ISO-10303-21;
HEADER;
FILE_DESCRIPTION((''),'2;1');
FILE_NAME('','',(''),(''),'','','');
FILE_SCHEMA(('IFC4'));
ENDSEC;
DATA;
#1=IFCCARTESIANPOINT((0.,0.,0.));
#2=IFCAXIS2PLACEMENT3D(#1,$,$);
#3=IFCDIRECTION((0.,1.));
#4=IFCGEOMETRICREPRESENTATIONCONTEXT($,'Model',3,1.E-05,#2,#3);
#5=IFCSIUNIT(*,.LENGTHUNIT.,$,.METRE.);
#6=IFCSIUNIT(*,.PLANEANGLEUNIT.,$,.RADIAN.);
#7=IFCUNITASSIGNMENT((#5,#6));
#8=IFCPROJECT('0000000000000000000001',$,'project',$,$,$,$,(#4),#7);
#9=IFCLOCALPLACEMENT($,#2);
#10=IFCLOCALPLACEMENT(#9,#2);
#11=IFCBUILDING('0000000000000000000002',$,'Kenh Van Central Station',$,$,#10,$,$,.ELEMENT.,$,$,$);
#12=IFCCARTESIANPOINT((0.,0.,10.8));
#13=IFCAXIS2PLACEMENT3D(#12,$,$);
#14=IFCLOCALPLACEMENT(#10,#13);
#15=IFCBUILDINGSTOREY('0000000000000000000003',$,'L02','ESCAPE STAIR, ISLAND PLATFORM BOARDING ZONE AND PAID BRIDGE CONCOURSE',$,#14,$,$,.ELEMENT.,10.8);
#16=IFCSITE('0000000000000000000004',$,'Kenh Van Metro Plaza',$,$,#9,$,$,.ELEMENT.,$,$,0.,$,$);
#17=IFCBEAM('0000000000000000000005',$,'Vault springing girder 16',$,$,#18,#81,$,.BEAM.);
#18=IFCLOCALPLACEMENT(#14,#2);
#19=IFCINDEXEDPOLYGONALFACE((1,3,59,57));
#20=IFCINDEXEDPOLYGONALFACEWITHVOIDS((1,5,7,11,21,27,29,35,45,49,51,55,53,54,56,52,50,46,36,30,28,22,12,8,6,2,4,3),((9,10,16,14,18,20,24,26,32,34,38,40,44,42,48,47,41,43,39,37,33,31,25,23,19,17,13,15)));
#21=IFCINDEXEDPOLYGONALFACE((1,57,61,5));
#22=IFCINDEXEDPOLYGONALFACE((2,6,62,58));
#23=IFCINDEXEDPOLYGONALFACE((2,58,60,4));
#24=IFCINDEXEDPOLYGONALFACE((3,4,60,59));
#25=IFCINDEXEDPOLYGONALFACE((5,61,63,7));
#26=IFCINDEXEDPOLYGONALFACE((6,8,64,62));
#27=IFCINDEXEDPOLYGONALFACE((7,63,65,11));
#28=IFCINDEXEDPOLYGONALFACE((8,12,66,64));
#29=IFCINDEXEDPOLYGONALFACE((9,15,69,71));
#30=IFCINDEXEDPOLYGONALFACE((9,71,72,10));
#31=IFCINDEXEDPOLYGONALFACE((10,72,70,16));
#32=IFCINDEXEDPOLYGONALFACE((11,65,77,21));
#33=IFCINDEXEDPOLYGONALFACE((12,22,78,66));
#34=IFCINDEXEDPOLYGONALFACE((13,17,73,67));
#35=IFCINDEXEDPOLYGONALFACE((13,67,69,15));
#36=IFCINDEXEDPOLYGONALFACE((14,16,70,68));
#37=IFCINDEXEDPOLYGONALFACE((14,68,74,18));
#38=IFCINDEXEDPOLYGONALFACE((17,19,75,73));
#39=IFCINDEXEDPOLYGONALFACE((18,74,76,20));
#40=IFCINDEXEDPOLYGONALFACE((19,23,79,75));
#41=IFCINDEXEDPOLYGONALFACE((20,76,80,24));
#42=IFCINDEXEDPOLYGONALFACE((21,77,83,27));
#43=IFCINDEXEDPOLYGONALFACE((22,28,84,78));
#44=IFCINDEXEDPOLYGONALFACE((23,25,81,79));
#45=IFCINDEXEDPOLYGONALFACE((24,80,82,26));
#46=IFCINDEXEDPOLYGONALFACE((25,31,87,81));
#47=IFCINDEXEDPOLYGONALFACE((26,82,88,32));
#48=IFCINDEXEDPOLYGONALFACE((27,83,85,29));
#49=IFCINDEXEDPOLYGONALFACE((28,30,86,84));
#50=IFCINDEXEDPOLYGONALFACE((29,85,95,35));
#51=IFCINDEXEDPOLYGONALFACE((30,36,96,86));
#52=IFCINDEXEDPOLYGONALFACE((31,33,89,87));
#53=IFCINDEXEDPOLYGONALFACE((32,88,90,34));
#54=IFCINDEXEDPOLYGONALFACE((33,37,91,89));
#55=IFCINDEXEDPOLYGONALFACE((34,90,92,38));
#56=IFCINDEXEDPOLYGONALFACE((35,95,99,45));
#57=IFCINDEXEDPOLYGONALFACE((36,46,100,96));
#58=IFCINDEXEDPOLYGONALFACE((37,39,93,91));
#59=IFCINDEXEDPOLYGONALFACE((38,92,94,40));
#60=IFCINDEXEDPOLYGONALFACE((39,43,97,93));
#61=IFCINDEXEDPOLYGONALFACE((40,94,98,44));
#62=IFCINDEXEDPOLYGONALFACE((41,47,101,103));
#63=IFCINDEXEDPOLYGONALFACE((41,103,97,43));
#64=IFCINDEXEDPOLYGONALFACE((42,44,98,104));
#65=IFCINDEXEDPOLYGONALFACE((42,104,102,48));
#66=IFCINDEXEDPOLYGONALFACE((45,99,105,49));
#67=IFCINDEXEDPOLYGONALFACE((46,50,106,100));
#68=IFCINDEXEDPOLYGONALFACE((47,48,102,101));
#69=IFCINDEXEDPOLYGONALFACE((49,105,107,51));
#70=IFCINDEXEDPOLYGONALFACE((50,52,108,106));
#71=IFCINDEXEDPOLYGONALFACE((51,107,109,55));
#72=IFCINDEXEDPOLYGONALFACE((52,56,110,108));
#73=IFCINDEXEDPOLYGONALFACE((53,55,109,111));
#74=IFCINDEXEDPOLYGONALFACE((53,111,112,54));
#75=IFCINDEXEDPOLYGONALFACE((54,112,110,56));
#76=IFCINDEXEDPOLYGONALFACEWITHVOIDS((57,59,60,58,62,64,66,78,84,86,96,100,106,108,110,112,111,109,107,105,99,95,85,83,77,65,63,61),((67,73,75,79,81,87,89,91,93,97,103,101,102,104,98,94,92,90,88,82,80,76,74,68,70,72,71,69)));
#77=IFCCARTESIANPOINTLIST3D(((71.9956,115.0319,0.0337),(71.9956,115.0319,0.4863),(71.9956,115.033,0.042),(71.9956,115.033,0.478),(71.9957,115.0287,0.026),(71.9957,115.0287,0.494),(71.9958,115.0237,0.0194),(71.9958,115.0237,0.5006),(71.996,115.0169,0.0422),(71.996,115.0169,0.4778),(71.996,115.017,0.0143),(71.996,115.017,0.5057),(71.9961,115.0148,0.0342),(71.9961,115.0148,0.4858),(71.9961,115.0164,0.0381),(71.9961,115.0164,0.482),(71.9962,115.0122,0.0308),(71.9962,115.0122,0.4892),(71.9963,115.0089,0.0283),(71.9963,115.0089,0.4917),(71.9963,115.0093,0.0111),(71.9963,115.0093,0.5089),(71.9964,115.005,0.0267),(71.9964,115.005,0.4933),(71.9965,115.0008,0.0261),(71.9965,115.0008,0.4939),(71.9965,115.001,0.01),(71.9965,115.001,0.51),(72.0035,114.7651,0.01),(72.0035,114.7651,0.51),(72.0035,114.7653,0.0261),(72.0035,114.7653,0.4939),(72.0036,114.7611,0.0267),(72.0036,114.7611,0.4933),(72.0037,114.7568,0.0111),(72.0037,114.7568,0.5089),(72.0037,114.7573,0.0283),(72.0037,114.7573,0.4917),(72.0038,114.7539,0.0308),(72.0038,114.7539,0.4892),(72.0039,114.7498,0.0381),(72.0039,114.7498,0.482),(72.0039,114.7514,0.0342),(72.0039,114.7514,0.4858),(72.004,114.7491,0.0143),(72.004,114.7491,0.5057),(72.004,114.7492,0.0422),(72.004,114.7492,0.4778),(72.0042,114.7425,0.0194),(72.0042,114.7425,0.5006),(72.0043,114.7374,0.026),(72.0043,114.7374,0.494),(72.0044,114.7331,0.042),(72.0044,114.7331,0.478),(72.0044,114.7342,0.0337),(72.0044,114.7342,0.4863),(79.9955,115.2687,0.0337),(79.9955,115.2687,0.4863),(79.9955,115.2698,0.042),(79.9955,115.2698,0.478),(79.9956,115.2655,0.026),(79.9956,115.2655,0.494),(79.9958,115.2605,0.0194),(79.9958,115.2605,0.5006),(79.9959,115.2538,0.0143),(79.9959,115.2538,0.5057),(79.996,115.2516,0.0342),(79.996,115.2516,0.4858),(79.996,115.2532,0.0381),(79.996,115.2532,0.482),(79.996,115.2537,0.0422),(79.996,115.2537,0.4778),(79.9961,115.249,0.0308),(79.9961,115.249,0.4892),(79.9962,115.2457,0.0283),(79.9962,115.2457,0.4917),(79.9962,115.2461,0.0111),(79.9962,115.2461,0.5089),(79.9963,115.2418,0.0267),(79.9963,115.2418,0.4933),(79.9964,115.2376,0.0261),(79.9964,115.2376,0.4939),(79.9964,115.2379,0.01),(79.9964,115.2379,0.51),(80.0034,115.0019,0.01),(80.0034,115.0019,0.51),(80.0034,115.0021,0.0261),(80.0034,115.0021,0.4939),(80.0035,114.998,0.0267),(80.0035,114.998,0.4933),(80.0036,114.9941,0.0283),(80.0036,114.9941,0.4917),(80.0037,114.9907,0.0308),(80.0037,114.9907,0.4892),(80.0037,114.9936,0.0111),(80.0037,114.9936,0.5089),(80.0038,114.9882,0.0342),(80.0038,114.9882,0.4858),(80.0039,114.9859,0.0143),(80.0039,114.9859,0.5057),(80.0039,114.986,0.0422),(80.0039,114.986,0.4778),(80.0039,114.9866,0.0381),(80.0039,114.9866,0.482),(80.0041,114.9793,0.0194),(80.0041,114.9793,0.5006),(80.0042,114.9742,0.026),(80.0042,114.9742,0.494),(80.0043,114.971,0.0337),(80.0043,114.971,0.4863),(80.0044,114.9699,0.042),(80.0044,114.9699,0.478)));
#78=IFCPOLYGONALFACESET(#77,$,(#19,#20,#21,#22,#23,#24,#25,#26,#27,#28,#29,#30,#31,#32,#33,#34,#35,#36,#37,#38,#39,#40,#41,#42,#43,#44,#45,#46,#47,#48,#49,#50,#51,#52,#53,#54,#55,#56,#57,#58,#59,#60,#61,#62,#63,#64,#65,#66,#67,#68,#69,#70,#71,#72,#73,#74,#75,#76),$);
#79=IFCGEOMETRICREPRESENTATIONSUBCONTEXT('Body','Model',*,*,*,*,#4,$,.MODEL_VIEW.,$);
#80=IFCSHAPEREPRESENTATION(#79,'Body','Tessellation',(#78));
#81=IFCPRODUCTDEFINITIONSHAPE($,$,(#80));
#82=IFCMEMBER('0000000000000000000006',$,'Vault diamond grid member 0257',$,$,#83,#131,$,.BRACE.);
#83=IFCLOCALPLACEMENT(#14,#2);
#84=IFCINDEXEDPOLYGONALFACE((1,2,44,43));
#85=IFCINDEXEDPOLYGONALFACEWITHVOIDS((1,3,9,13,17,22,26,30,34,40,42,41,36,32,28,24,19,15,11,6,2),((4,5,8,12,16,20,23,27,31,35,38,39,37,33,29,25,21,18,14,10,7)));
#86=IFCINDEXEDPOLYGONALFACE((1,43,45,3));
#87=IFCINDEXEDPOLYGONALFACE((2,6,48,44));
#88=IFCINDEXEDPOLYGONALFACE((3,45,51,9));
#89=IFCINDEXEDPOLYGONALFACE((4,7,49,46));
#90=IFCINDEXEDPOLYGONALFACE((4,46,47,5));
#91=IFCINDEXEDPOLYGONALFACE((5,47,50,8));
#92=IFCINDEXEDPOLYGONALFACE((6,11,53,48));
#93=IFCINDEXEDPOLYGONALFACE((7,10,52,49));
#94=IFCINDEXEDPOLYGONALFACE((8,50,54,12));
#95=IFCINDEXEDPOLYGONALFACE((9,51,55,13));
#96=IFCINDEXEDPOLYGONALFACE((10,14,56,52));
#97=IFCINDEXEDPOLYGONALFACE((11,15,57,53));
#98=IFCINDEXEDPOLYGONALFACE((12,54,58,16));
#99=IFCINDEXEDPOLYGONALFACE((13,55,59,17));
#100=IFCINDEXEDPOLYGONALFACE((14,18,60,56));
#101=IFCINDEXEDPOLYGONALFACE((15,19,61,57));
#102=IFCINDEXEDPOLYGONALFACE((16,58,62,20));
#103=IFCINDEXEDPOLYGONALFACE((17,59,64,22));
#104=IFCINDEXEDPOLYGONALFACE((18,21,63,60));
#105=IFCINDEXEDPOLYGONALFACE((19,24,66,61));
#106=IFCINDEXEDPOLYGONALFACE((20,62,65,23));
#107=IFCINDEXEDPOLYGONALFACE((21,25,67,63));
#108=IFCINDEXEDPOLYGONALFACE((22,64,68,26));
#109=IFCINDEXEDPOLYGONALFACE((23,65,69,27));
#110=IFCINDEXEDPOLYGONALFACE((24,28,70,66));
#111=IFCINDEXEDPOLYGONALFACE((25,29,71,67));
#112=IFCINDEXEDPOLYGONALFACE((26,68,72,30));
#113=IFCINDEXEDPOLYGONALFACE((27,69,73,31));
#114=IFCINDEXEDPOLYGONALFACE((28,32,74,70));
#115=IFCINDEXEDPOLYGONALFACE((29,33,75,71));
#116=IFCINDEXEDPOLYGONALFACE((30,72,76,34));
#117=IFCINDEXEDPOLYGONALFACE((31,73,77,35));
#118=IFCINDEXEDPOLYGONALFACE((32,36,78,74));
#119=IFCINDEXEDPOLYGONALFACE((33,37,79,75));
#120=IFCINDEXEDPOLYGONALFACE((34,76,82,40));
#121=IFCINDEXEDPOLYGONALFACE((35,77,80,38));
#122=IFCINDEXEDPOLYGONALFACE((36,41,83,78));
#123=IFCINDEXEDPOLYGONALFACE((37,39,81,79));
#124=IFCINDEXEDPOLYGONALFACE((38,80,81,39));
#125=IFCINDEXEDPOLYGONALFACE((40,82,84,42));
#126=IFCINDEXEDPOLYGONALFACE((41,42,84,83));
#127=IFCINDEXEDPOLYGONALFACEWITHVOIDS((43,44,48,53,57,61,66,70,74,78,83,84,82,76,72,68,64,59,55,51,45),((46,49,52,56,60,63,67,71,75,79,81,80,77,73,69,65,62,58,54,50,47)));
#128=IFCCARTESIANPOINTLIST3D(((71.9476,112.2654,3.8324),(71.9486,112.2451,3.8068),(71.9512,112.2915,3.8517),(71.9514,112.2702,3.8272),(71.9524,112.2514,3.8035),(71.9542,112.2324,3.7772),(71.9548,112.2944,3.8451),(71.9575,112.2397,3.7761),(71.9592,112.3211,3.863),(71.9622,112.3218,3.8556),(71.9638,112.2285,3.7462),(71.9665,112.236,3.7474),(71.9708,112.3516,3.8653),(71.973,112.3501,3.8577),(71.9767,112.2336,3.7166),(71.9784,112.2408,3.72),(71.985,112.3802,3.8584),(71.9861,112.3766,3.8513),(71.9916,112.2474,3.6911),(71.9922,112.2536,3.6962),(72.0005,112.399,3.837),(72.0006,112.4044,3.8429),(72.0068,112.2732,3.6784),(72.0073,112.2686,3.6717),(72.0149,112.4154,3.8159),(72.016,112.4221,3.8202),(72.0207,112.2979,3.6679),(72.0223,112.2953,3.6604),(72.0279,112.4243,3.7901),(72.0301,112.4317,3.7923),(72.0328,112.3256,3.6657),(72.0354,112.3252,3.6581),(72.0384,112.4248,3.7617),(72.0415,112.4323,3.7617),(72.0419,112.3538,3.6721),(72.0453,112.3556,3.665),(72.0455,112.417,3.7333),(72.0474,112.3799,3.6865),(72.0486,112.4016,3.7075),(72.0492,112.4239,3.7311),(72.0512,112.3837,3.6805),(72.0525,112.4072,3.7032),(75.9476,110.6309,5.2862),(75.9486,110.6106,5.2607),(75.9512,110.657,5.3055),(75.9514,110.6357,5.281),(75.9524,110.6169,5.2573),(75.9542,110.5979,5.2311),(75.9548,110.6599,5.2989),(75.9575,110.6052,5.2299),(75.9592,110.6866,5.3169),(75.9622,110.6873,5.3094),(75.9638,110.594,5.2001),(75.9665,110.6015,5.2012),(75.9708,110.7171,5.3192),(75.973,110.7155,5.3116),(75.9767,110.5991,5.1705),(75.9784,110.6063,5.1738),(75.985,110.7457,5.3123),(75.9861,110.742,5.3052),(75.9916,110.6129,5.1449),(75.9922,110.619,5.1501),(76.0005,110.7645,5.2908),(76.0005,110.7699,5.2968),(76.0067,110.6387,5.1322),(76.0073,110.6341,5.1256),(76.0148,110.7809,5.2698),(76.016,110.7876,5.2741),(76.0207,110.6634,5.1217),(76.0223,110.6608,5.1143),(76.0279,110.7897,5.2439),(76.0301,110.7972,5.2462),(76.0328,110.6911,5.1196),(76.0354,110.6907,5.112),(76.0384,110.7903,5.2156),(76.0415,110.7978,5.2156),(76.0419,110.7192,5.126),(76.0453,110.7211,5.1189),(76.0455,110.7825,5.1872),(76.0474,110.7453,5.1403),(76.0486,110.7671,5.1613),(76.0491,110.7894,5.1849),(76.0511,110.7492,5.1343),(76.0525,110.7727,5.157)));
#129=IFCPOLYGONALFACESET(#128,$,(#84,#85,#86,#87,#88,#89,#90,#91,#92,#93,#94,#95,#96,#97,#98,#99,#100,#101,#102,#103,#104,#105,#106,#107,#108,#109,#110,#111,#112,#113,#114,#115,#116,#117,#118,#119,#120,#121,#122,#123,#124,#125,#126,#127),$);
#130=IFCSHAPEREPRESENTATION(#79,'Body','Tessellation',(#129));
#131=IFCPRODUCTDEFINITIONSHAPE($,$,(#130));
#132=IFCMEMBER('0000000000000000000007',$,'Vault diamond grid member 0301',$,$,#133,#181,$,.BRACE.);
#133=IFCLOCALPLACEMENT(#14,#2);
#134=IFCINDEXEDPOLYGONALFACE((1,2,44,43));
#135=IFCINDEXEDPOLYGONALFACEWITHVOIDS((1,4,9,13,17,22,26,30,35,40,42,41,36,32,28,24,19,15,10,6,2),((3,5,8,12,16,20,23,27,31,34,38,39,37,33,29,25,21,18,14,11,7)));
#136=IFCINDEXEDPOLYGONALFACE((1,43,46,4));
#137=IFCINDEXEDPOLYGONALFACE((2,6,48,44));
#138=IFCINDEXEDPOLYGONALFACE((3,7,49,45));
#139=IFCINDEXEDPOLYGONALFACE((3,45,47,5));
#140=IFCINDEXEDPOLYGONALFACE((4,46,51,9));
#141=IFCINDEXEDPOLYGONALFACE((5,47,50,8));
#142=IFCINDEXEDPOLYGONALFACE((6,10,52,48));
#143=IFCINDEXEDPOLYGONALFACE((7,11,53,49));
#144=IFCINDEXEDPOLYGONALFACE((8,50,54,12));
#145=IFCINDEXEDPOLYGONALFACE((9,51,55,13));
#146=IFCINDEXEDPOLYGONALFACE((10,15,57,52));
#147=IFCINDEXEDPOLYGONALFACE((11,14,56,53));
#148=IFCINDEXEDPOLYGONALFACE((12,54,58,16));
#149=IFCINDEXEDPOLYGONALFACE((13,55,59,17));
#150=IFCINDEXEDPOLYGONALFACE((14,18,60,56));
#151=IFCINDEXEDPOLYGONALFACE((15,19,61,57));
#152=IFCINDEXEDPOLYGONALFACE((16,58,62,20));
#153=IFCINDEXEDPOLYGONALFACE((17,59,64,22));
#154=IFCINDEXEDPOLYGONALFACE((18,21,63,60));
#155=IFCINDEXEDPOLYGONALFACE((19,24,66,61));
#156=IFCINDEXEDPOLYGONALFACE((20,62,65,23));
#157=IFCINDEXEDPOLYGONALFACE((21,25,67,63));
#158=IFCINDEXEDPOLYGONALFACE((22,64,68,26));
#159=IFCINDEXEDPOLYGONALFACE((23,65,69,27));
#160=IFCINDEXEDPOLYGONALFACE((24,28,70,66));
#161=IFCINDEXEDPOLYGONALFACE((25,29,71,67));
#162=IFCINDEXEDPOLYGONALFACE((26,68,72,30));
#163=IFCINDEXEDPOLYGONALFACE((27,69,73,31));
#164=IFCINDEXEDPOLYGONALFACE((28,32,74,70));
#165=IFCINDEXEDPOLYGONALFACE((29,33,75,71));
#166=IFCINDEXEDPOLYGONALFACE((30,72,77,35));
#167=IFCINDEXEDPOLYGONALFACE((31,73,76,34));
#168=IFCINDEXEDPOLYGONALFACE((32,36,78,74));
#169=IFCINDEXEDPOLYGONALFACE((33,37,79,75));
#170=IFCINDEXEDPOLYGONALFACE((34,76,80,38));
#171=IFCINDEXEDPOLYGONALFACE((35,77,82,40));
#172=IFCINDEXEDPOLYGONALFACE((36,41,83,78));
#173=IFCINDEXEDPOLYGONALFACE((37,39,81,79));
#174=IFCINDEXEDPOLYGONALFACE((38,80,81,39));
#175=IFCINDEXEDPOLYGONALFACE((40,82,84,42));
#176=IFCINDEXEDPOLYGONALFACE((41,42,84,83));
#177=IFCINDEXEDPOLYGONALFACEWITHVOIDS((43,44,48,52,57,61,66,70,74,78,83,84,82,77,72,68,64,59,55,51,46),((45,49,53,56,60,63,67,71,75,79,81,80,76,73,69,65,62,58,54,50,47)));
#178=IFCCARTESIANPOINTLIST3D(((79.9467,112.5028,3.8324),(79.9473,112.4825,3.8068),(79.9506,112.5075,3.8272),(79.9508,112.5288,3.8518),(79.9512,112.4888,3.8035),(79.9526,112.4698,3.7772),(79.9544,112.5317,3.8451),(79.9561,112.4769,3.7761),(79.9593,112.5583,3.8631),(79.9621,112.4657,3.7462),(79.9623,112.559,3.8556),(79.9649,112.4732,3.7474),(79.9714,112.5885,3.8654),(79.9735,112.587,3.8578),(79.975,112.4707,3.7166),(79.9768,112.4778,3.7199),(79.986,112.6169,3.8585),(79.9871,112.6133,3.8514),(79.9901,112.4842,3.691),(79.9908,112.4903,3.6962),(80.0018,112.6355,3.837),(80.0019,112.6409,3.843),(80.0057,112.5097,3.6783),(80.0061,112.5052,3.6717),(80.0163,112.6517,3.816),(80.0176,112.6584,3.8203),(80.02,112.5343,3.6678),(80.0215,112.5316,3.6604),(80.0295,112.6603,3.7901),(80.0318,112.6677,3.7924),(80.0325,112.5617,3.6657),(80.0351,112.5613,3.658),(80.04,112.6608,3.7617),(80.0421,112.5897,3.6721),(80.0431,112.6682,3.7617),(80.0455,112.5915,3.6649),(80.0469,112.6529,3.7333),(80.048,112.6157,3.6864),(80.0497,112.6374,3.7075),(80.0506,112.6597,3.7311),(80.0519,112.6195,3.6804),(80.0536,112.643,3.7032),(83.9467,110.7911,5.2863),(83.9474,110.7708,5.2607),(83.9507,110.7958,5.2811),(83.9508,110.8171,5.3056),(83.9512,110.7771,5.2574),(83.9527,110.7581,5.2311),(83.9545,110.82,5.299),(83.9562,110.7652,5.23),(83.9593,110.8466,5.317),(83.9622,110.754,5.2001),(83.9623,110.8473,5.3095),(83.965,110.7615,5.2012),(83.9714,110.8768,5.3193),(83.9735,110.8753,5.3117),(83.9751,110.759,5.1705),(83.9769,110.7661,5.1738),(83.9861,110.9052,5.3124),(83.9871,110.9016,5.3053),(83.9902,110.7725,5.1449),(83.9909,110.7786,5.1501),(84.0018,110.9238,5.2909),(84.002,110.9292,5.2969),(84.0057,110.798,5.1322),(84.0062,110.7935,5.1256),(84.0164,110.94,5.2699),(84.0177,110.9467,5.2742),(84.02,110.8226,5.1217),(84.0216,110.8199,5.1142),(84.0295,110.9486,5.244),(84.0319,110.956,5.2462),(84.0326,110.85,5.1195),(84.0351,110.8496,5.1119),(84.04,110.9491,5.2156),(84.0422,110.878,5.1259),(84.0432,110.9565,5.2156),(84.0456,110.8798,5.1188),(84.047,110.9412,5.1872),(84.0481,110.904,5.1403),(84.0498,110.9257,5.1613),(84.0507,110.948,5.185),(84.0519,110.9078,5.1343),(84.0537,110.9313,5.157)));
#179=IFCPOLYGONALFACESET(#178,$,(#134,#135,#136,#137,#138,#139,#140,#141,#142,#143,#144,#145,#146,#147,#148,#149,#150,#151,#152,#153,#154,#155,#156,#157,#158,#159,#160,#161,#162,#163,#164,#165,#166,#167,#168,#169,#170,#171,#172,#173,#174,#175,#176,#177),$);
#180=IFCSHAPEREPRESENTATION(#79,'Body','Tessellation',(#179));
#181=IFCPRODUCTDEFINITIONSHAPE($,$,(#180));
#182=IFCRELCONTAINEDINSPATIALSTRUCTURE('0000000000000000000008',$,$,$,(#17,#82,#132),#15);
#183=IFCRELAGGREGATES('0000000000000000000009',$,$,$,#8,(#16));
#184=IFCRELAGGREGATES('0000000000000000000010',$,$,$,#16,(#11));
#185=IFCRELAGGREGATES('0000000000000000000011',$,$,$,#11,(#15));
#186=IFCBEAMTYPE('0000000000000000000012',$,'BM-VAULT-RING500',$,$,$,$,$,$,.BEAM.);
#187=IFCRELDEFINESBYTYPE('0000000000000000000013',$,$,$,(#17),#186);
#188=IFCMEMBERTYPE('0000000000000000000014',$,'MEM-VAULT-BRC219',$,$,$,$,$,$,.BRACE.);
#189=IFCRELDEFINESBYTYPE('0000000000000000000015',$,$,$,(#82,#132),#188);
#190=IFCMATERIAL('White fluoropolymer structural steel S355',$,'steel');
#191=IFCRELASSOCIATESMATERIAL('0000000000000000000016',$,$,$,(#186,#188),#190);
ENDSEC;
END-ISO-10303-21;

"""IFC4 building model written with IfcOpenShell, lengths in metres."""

from ifc_helpers import new_model, si_unit, direction, frame, origin, origin_2d, place, context, subcontext, project, spatial, hollow_rectangle, hollow_circle, extrude, material, material_profile, profile_set, type_object, element, save


model = new_model("IFC4")

# Units and contexts
model_context = context("Model", 3, precision=1e-05, world=origin(), true_north=direction((0.0, 1.0)))
body_context = subcontext(model_context, "Body", "Model", "MODEL_VIEW")
ifc_project = project(units=[si_unit("LENGTHUNIT", "METRE"), si_unit("PLANEANGLEUNIT", "RADIAN")], contexts=[model_context])

# Site, building, storey
site_placement = place(None, origin())
site = spatial("IfcSite", under=ifc_project, at=site_placement, Name="Kenh Van Metro Plaza", CompositionType="ELEMENT", RefElevation=0.0)
building_placement = place(site_placement, origin())
building = spatial("IfcBuilding", under=site, at=building_placement, Name="Kenh Van Central Station", CompositionType="ELEMENT")
storey_placement = place(building_placement, frame((0.0, 0.0, 10.8)))
storey = spatial("IfcBuildingStorey", under=building, at=storey_placement, Name="L02", Description="ESCAPE STAIR, ISLAND PLATFORM BOARDING ZONE AND PAID BRIDGE CONCOURSE", CompositionType="ELEMENT", Elevation=10.8)

# Beam
ifc_material_1 = material(Name="White fluoropolymer structural steel S355", Category="steel")
ifc_material_profile_1 = material_profile(ifc_material_1, hollow_rectangle(XDim=0.3, YDim=0.5, WallThickness=0.0161, InnerFilletRadius=0.0161, OuterFilletRadius=0.032, at=origin_2d()), Name="RHS 500x300x16")
ifc_profile_set_1 = profile_set([ifc_material_profile_1], Name="White fluoropolymer structural steel S355")
beam_type_1 = type_object("IfcBeamType", Name="BM-VAULT-RING500", PredefinedType="BEAM", material=ifc_profile_set_1)
beam_1_placement = place(storey_placement, frame((72.0, 114.8831, 0.26), z_axis=(0.999562, 0.029589, 0.0), x_axis=(-0.029589, 0.999562, 0.0)))
element("IfcBeam", 1, at=beam_1_placement, inside=storey, type_object=beam_type_1, Name="Vault springing girder 16", PredefinedType="BEAM", context=body_context, shape_type="SweptSolid", body=[
    extrude(hollow_rectangle(XDim=0.3, YDim=0.5, WallThickness=0.0161, InnerFilletRadius=0.0161, OuterFilletRadius=0.032, at=origin_2d()), origin(), (0.0, 0.0, 1.0), 8.0034),
])

# Members
ifc_material_profile_2 = material_profile(ifc_material_1, hollow_circle(Radius=0.1096, WallThickness=0.0081, at=origin_2d()), Name="CHS 219.1x8")
ifc_profile_set_2 = profile_set([ifc_material_profile_2], Name="White fluoropolymer structural steel S355")
member_type_1 = type_object("IfcMemberType", Name="MEM-VAULT-BRC219", PredefinedType="BRACE", material=ifc_profile_set_2)
member_1_placement = place(storey_placement, frame((72.0, 112.3308, 3.7617), z_axis=(0.877367, -0.358519, 0.318892), x_axis=(0.378268, 0.925696, 0.0)))
element("IfcMember", 2, at=member_1_placement, inside=storey, type_object=member_type_1, Name="Vault diamond grid member 0257", PredefinedType="BRACE", context=body_context, shape_type="SweptSolid", body=[
    extrude(hollow_circle(Radius=0.1096, WallThickness=0.0081, at=origin_2d()), origin(), (0.0, 0.0, 1.0), 4.5591),
])
member_2_placement = place(storey_placement, frame((80.0, 112.5674, 3.7617), z_axis=(0.871969, -0.373131, 0.31693), x_axis=(0.393411, 0.919363, 0.0)))
element("IfcMember", 3, at=member_2_placement, inside=storey, type_object=member_type_1, Name="Vault diamond grid member 0301", PredefinedType="BRACE", context=body_context, shape_type="SweptSolid", body=[
    extrude(hollow_circle(Radius=0.1096, WallThickness=0.0081, at=origin_2d()), origin(), (0.0, 0.0, 1.0), 4.5874),
])

save(model, "model.ifc")
